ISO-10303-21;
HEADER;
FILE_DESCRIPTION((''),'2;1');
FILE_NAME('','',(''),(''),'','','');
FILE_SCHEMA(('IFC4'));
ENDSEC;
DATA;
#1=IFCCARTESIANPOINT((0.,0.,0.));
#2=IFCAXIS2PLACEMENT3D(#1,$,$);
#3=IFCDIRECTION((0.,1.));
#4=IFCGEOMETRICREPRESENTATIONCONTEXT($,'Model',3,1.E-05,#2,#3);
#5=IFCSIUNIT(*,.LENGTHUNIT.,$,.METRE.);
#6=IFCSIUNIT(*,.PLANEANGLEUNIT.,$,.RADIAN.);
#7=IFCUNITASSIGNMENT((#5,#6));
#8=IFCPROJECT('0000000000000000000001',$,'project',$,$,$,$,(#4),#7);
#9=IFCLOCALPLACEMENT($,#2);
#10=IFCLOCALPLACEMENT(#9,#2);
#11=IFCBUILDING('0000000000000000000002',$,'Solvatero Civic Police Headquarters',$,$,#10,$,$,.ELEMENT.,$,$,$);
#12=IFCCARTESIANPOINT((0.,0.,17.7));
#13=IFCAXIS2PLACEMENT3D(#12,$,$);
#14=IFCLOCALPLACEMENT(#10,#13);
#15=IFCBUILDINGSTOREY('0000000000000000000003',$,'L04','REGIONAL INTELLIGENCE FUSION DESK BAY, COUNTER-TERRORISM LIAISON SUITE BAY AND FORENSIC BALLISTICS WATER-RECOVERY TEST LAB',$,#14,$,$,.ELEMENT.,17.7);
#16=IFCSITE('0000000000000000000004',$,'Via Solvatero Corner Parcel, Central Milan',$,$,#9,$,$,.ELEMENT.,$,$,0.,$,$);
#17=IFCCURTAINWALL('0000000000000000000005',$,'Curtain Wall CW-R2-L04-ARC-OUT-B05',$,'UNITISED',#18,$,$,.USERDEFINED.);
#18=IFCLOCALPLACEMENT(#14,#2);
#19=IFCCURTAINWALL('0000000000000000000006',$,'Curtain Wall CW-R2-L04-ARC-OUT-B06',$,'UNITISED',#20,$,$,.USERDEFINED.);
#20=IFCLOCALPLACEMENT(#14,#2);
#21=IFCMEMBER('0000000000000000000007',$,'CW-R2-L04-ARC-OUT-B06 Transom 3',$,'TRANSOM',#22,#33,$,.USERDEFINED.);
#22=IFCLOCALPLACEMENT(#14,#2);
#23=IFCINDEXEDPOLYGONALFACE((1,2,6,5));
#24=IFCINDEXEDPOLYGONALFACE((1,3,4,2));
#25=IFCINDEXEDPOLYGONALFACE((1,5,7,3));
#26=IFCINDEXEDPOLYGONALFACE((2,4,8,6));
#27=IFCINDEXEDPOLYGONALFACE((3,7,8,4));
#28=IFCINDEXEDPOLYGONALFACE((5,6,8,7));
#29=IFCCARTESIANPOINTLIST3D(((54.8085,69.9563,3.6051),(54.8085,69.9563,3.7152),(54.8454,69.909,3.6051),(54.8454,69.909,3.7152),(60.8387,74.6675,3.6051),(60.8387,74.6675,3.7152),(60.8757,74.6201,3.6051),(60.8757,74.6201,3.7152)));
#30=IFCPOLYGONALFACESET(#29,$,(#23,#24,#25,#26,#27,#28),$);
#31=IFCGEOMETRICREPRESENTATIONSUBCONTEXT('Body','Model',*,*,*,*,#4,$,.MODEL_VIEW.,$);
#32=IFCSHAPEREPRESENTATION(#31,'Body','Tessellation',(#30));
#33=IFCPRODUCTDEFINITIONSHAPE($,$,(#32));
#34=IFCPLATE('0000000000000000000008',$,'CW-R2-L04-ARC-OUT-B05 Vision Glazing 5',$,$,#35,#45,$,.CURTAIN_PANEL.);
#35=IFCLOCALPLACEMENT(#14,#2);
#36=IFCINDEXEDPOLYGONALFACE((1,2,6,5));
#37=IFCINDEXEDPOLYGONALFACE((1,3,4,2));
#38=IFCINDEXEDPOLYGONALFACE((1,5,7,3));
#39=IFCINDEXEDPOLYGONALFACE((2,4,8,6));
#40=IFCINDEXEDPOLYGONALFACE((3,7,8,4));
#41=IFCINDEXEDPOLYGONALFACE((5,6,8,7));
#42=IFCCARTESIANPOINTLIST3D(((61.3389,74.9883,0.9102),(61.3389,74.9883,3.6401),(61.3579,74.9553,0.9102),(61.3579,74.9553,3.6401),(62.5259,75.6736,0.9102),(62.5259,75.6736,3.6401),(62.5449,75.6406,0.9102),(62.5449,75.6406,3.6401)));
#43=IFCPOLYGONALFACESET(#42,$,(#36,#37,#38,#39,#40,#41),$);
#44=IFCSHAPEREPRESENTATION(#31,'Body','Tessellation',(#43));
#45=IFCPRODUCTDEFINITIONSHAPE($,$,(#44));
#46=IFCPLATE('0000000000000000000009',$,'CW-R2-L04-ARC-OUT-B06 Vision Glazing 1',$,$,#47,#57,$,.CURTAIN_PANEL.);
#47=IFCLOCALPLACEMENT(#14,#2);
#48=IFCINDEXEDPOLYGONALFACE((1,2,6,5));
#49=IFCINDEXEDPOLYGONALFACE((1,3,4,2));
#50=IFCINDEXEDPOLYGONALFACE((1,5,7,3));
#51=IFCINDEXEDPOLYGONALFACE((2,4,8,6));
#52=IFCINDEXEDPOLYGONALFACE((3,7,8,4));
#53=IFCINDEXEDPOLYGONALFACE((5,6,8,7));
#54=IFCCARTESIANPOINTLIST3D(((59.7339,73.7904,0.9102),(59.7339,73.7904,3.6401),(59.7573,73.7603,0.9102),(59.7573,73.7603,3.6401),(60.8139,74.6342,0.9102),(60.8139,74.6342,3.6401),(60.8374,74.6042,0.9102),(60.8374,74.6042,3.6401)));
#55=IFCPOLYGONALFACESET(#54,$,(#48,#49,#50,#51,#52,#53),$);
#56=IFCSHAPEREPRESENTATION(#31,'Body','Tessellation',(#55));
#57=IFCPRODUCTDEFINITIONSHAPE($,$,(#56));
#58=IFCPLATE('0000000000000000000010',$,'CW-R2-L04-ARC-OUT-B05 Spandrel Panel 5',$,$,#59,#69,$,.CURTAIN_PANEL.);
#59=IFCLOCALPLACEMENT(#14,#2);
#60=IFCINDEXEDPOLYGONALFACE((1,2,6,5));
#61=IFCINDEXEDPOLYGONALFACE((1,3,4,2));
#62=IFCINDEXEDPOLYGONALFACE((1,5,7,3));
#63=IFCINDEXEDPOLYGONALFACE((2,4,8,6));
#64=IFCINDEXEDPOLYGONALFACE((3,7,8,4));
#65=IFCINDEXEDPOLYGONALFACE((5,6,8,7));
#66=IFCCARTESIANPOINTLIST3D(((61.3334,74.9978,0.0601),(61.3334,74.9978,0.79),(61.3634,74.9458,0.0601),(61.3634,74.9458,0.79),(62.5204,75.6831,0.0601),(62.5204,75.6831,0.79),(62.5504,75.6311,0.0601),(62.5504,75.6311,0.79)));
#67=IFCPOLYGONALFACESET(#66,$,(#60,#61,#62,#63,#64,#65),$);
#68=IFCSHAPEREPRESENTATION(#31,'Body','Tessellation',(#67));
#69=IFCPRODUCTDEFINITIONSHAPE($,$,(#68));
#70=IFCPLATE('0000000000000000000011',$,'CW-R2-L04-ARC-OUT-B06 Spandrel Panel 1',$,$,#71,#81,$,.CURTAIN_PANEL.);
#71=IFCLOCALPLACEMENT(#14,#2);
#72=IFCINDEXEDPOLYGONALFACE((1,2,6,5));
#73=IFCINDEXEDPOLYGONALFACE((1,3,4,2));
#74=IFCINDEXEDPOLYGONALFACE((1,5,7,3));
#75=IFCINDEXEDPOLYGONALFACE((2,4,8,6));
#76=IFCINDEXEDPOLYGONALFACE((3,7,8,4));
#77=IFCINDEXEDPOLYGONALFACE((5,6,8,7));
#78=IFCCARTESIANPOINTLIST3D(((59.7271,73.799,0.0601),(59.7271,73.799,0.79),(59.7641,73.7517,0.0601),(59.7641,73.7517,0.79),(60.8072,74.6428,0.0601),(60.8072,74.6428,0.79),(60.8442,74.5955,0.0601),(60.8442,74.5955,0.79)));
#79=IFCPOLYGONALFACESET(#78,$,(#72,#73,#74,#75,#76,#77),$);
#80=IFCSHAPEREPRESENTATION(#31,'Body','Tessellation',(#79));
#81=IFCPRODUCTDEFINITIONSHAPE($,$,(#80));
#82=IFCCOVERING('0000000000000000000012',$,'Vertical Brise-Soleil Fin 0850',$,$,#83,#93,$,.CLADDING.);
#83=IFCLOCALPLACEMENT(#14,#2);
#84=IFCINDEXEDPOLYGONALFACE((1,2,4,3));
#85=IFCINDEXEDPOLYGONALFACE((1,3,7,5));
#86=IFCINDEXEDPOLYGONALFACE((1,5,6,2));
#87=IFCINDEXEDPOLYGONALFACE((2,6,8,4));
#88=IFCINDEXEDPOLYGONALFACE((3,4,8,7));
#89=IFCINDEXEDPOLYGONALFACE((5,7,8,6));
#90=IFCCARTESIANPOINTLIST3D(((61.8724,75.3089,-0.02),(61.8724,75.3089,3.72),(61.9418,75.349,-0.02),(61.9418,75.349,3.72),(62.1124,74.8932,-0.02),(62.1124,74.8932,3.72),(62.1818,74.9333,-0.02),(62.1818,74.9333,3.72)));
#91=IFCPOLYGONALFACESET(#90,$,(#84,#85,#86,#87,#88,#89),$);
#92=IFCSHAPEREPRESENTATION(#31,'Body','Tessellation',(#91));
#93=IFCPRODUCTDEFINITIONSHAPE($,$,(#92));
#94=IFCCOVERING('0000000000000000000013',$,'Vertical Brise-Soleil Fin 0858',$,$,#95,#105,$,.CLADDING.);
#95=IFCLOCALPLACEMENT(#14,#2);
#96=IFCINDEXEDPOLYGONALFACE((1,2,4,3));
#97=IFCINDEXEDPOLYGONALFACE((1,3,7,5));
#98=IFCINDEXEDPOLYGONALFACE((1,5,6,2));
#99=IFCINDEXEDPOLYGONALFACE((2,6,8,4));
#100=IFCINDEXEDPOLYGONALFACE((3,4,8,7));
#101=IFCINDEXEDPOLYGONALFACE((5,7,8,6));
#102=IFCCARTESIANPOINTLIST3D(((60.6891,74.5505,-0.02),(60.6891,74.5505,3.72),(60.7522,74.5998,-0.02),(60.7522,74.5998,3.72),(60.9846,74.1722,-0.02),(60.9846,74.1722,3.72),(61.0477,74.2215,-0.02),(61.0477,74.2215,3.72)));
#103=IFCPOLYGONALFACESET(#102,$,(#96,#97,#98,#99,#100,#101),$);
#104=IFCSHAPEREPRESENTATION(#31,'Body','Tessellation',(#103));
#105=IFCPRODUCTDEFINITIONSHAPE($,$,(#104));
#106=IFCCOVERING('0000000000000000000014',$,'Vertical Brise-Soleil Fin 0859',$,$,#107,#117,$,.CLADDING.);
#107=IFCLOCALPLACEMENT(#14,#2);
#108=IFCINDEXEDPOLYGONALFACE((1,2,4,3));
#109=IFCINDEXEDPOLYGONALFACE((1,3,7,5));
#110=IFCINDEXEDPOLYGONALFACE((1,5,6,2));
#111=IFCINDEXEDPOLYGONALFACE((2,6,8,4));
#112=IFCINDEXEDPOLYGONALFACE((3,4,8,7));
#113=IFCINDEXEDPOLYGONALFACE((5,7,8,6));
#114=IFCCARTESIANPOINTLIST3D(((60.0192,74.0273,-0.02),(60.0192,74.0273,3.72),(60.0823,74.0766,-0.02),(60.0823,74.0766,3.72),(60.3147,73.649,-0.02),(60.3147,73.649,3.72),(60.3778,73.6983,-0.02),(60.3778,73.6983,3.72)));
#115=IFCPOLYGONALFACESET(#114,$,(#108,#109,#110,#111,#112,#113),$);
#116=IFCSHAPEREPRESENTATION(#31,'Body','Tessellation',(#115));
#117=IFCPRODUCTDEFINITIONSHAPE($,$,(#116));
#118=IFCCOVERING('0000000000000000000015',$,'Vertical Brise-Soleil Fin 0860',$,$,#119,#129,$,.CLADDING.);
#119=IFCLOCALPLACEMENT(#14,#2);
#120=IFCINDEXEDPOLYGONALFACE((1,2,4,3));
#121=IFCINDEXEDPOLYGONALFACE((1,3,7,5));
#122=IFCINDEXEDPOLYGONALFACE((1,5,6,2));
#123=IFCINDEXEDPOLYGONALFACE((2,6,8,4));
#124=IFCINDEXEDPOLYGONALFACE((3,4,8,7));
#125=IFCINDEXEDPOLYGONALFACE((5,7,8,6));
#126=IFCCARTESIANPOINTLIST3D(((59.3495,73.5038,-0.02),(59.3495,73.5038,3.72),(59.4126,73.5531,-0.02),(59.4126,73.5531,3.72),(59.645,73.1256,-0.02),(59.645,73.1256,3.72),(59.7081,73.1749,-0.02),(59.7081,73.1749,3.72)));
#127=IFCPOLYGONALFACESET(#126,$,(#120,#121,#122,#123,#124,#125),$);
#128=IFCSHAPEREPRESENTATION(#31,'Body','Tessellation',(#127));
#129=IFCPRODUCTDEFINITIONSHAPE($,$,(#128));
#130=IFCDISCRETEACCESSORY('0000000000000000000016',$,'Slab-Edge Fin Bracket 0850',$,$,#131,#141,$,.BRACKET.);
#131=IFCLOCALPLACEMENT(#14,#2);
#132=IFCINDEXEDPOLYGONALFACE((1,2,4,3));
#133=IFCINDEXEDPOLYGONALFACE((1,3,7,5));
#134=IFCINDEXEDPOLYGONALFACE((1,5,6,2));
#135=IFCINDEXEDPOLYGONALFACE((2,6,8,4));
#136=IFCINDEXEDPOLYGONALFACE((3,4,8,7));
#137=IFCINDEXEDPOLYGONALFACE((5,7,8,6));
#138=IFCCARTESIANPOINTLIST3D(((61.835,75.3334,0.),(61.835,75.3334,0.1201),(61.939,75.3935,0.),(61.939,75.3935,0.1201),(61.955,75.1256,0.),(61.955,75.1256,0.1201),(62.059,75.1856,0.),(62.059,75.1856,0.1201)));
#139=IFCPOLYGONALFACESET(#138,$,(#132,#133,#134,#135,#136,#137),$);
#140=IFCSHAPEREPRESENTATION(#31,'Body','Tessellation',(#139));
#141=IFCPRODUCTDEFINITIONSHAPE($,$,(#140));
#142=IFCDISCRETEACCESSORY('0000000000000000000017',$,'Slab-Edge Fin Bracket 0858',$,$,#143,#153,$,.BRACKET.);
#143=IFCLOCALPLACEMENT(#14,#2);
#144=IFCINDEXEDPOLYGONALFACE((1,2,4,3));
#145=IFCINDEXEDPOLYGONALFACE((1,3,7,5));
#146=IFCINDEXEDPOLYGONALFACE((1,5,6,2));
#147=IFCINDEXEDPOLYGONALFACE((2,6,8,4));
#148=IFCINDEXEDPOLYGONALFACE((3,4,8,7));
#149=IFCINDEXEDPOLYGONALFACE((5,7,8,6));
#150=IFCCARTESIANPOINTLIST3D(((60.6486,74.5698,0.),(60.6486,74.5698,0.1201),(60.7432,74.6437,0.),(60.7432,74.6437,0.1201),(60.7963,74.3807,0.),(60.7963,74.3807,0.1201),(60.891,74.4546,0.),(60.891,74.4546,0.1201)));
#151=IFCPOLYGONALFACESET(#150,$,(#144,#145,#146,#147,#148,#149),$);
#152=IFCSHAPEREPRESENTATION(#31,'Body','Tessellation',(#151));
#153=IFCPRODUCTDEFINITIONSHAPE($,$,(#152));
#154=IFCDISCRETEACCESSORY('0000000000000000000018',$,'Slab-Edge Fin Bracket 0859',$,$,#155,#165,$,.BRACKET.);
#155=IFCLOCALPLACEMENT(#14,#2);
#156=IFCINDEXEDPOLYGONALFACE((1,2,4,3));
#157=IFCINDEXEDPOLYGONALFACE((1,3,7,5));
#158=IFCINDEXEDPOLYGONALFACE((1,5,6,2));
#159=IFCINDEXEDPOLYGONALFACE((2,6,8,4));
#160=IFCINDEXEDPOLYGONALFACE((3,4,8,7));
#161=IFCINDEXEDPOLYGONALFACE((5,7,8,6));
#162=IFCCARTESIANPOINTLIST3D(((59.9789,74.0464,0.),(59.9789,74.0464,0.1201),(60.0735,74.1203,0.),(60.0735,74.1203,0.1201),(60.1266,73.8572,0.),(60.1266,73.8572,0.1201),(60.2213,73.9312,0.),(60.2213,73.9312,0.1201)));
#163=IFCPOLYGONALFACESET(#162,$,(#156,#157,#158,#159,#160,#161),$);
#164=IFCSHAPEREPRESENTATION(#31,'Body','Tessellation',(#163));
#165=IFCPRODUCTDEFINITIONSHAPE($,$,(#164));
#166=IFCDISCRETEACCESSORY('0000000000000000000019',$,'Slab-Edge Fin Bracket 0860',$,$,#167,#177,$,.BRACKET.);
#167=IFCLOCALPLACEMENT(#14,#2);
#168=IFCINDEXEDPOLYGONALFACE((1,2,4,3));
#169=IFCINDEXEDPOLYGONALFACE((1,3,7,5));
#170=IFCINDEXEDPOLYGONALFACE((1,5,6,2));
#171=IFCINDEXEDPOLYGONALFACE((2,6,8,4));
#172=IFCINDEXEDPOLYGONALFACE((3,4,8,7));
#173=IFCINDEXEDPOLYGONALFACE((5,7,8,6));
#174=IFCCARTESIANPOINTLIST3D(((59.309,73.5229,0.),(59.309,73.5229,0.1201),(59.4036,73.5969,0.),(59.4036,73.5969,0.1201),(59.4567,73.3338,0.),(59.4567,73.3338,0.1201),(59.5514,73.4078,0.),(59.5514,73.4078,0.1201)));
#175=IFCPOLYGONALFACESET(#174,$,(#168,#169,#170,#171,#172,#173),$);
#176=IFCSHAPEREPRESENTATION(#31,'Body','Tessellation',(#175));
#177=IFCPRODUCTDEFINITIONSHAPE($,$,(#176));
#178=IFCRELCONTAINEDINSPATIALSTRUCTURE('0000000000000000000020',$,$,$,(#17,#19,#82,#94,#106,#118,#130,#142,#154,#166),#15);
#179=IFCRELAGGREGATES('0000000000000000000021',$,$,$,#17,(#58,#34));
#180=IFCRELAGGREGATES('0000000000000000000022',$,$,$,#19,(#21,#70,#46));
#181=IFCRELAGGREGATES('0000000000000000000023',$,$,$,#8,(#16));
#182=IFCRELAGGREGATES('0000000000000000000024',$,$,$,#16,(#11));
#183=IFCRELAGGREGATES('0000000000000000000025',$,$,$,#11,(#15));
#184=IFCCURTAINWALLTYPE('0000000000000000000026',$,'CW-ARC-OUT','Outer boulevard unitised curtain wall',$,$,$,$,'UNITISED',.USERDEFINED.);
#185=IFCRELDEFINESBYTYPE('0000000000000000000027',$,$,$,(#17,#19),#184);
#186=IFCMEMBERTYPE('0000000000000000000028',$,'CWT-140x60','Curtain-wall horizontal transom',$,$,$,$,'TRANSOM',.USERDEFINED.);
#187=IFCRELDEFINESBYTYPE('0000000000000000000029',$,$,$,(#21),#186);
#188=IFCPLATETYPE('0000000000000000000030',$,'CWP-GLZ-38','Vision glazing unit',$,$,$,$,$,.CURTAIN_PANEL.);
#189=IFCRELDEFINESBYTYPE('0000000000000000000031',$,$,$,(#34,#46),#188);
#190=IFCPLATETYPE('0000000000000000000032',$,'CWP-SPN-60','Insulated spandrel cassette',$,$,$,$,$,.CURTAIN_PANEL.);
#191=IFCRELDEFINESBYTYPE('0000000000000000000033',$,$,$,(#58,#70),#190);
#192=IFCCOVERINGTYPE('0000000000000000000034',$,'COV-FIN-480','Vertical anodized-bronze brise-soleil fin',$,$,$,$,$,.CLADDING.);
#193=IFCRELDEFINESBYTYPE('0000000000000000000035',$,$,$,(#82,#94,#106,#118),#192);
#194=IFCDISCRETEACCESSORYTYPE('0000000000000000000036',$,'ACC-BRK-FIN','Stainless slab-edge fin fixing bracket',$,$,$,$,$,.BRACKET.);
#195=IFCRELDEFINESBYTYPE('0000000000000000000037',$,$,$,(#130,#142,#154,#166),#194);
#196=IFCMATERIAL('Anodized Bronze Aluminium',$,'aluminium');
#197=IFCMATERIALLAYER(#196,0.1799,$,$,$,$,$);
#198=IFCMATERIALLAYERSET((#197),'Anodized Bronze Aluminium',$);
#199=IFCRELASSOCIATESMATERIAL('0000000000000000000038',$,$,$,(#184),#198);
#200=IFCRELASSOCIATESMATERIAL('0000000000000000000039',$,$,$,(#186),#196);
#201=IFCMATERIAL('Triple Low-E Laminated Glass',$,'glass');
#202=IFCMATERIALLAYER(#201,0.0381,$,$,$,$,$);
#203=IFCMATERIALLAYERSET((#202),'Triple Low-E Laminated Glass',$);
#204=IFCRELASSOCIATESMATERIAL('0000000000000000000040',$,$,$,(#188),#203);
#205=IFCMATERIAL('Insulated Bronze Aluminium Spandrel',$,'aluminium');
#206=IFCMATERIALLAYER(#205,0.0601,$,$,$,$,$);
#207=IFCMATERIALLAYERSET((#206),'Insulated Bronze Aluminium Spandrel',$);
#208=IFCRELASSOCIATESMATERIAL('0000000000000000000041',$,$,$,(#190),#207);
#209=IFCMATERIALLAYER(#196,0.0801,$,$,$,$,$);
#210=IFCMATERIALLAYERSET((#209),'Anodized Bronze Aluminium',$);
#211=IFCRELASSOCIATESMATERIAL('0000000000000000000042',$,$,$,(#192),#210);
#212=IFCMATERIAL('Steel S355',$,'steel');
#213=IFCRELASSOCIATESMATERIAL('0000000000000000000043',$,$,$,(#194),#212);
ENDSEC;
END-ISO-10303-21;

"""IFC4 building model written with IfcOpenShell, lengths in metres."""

from ifc_helpers import new_model, si_unit, direction, frame, origin, origin_2d, place, context, subcontext, project, spatial, rectangle, extrude, material, layer, layer_set, material_profile, profile_set, type_object, element, aggregate, save


model = new_model("IFC4")

# Units and contexts
model_context = context("Model", 3, precision=1e-05, world=origin(), true_north=direction((0.0, 1.0)))
body_context = subcontext(model_context, "Body", "Model", "MODEL_VIEW")
ifc_project = project(units=[si_unit("LENGTHUNIT", "METRE"), si_unit("PLANEANGLEUNIT", "RADIAN")], contexts=[model_context])

# Site, building, storey
site_placement = place(None, origin())
site = spatial("IfcSite", under=ifc_project, at=site_placement, Name="Via Solvatero Corner Parcel, Central Milan", CompositionType="ELEMENT", RefElevation=0.0)
building_placement = place(site_placement, origin())
building = spatial("IfcBuilding", under=site, at=building_placement, Name="Solvatero Civic Police Headquarters", CompositionType="ELEMENT")
storey_placement = place(building_placement, frame((0.0, 0.0, 17.7)))
storey = spatial("IfcBuildingStorey", under=building, at=storey_placement, Name="L04", Description="REGIONAL INTELLIGENCE FUSION DESK BAY, COUNTER-TERRORISM LIAISON SUITE BAY AND FORENSIC BALLISTICS WATER-RECOVERY TEST LAB", CompositionType="ELEMENT", Elevation=17.7)

# Shared definitions
ifc_material_1 = material(Name="Steel S355", Category="steel")

# Curtain walls, member
ifc_material_2 = material(Name="Anodized Bronze Aluminium", Category="aluminium")
ifc_layer_1 = layer(ifc_material_2, 0.1799)
ifc_layer_set_1 = layer_set([ifc_layer_1], Name="Anodized Bronze Aluminium")
curtain_wall_type = type_object("IfcCurtainWallType", Name="CW-ARC-OUT", Description="Outer boulevard unitised curtain wall", ElementType="UNITISED", PredefinedType="USERDEFINED", material=ifc_layer_set_1)
curtain_wall_1_placement = place(storey_placement, origin())
curtain_wall_1 = element("IfcCurtainWall", 1, at=curtain_wall_1_placement, inside=storey, type_object=curtain_wall_type, Name="Curtain Wall CW-R2-L04-ARC-OUT-B05", ObjectType="UNITISED", PredefinedType="USERDEFINED")
curtain_wall_2_placement = place(storey_placement, origin())
curtain_wall_2 = element("IfcCurtainWall", 2, at=curtain_wall_2_placement, inside=storey, type_object=curtain_wall_type, Name="Curtain Wall CW-R2-L04-ARC-OUT-B06", ObjectType="UNITISED", PredefinedType="USERDEFINED")
ifc_material_profile_1 = material_profile(ifc_material_2, rectangle(XDim=0.0601, YDim=0.1101, at=origin_2d()), Name="ALU TRANSOM 60x110")
ifc_profile_set_1 = profile_set([ifc_material_profile_1], Name="Anodized Bronze Aluminium")
member_type_1 = type_object("IfcMemberType", Name="CWT-140x60", Description="Curtain-wall horizontal transom", ElementType="TRANSOM", PredefinedType="USERDEFINED", material=ifc_profile_set_1)
member_1_placement = place(storey_placement, frame((60.8572, 74.6438, 3.6602), z_axis=(-0.788022, -0.615647, 0.0), x_axis=(0.615647, -0.788022, 0.0)))
member_1 = element("IfcMember", 3, at=member_1_placement, type_object=member_type_1, Name="CW-R2-L04-ARC-OUT-B06 Transom 3", ObjectType="TRANSOM", PredefinedType="USERDEFINED", context=body_context, shape_type="SweptSolid", body=[
    extrude(rectangle(XDim=0.0601, YDim=0.1101, at=origin_2d()), origin(), (0.0, 0.0, 1.0), 7.6523),
])

# Plates
ifc_material_3 = material(Name="Triple Low-E Laminated Glass", Category="glass")
ifc_layer_2 = layer(ifc_material_3, 0.0381)
ifc_layer_set_2 = layer_set([ifc_layer_2], Name="Triple Low-E Laminated Glass")
plate_type_1 = type_object("IfcPlateType", Name="CWP-GLZ-38", Description="Vision glazing unit", PredefinedType="CURTAIN_PANEL", material=ifc_layer_set_2)
plate_1_placement = place(storey_placement, frame((61.9419, 75.3145, 0.9102), z_axis=(0.0, 0.0, 1.0), x_axis=(-0.866025, -0.5, 0.0)))
plate_1 = element("IfcPlate", 4, at=plate_1_placement, type_object=plate_type_1, Name="CW-R2-L04-ARC-OUT-B05 Vision Glazing 5", PredefinedType="CURTAIN_PANEL", context=body_context, shape_type="SweptSolid", body=[
    extrude(rectangle(XDim=1.3706, YDim=0.0381, at=origin_2d()), origin(), (0.0, 0.0, 1.0), 2.73),
])
plate_2_placement = place(storey_placement, frame((60.2856, 74.1973, 0.9102), z_axis=(0.0, 0.0, 1.0), x_axis=(-0.788011, -0.615661, 0.0)))
plate_2 = element("IfcPlate", 5, at=plate_2_placement, type_object=plate_type_1, Name="CW-R2-L04-ARC-OUT-B06 Vision Glazing 1", PredefinedType="CURTAIN_PANEL", context=body_context, shape_type="SweptSolid", body=[
    extrude(rectangle(XDim=1.3706, YDim=0.0381, at=origin_2d()), origin(), (0.0, 0.0, 1.0), 2.73),
])
ifc_material_4 = material(Name="Insulated Bronze Aluminium Spandrel", Category="aluminium")
ifc_layer_3 = layer(ifc_material_4, 0.0601)
ifc_layer_set_3 = layer_set([ifc_layer_3], Name="Insulated Bronze Aluminium Spandrel")
plate_type_2 = type_object("IfcPlateType", Name="CWP-SPN-60", Description="Insulated spandrel cassette", PredefinedType="CURTAIN_PANEL", material=ifc_layer_set_3)
plate_3_placement = place(storey_placement, frame((61.9419, 75.3145, 0.0601), z_axis=(0.0, 0.0, 1.0), x_axis=(-0.866025, -0.5, 0.0)))
plate_3 = element("IfcPlate", 6, at=plate_3_placement, type_object=plate_type_2, Name="CW-R2-L04-ARC-OUT-B05 Spandrel Panel 5", PredefinedType="CURTAIN_PANEL", context=body_context, shape_type="SweptSolid", body=[
    extrude(rectangle(XDim=1.3706, YDim=0.0601, at=origin_2d()), origin(), (0.0, 0.0, 1.0), 0.73),
])
aggregate(curtain_wall_1, [plate_3, plate_1])
plate_4_placement = place(storey_placement, frame((60.2856, 74.1973, 0.0601), z_axis=(0.0, 0.0, 1.0), x_axis=(-0.788011, -0.615661, 0.0)))
plate_4 = element("IfcPlate", 7, at=plate_4_placement, type_object=plate_type_2, Name="CW-R2-L04-ARC-OUT-B06 Spandrel Panel 1", PredefinedType="CURTAIN_PANEL", context=body_context, shape_type="SweptSolid", body=[
    extrude(rectangle(XDim=1.3706, YDim=0.0601, at=origin_2d()), origin(), (0.0, 0.0, 1.0), 0.73),
])
aggregate(curtain_wall_2, [member_1, plate_4, plate_2])

# Coverings
ifc_layer_4 = layer(ifc_material_2, 0.0801)
ifc_layer_set_4 = layer_set([ifc_layer_4], Name="Anodized Bronze Aluminium")
covering_type = type_object("IfcCoveringType", Name="COV-FIN-480", Description="Vertical anodized-bronze brise-soleil fin", PredefinedType="CLADDING", material=ifc_layer_set_4)
for number, where, z_axis, x_axis, name in (
    (8, (62.0271, 75.1211, -0.02), (0.0, 0.0, 1.0), (-0.866025, -0.5, 0.0), "Vertical Brise-Soleil Fin 0850"),
    (9, (60.8684, 74.386, -0.02), (0.0, 0.0, 1.0), (-0.788011, -0.615661, 0.0), "Vertical Brise-Soleil Fin 0858"),
    (10, (60.1985, 73.8628, -0.02), (0.0, 0.0, 1.0), (-0.788011, -0.615661, 0.0), "Vertical Brise-Soleil Fin 0859"),
    (11, (59.5288, 73.3394, -0.02), (0.0, 0.0, 1.0), (-0.788011, -0.615661, 0.0), "Vertical Brise-Soleil Fin 0860"),
):
    element("IfcCovering", number, at=place(storey_placement, frame(where, z_axis=z_axis, x_axis=x_axis)), inside=storey, type_object=covering_type, Name=name, PredefinedType="CLADDING", context=body_context, shape_type="SweptSolid", body=[
        extrude(rectangle(XDim=0.0801, YDim=0.48, at=origin_2d()), origin(), (0.0, 0.0, 1.0), 3.74),
    ])

# Discrete accessories
discrete_accessory_type = type_object("IfcDiscreteAccessoryType", Name="ACC-BRK-FIN", Description="Stainless slab-edge fin fixing bracket", PredefinedType="BRACKET", material=ifc_material_1)
for number, where, z_axis, x_axis, name in (
    (12, (61.947, 75.2595, 0.0), (0.0, 0.0, 1.0), (-0.866025, -0.5, 0.0), "Slab-Edge Fin Bracket 0850"),
    (13, (60.7698, 74.5122, 0.0), (0.0, 0.0, 1.0), (-0.788011, -0.615661, 0.0), "Slab-Edge Fin Bracket 0858"),
    (14, (60.1001, 73.9888, 0.0), (0.0, 0.0, 1.0), (-0.788011, -0.615661, 0.0), "Slab-Edge Fin Bracket 0859"),
    (15, (59.4302, 73.4653, 0.0), (0.0, 0.0, 1.0), (-0.788011, -0.615661, 0.0), "Slab-Edge Fin Bracket 0860"),
):
    element("IfcDiscreteAccessory", number, at=place(storey_placement, frame(where, z_axis=z_axis, x_axis=x_axis)), inside=storey, type_object=discrete_accessory_type, Name=name, PredefinedType="BRACKET", context=body_context, shape_type="SweptSolid", body=[
        extrude(rectangle(XDim=0.1201, YDim=0.24, at=origin_2d()), origin(), (0.0, 0.0, 1.0), 0.1201),
    ])

save(model, "model.ifc")
